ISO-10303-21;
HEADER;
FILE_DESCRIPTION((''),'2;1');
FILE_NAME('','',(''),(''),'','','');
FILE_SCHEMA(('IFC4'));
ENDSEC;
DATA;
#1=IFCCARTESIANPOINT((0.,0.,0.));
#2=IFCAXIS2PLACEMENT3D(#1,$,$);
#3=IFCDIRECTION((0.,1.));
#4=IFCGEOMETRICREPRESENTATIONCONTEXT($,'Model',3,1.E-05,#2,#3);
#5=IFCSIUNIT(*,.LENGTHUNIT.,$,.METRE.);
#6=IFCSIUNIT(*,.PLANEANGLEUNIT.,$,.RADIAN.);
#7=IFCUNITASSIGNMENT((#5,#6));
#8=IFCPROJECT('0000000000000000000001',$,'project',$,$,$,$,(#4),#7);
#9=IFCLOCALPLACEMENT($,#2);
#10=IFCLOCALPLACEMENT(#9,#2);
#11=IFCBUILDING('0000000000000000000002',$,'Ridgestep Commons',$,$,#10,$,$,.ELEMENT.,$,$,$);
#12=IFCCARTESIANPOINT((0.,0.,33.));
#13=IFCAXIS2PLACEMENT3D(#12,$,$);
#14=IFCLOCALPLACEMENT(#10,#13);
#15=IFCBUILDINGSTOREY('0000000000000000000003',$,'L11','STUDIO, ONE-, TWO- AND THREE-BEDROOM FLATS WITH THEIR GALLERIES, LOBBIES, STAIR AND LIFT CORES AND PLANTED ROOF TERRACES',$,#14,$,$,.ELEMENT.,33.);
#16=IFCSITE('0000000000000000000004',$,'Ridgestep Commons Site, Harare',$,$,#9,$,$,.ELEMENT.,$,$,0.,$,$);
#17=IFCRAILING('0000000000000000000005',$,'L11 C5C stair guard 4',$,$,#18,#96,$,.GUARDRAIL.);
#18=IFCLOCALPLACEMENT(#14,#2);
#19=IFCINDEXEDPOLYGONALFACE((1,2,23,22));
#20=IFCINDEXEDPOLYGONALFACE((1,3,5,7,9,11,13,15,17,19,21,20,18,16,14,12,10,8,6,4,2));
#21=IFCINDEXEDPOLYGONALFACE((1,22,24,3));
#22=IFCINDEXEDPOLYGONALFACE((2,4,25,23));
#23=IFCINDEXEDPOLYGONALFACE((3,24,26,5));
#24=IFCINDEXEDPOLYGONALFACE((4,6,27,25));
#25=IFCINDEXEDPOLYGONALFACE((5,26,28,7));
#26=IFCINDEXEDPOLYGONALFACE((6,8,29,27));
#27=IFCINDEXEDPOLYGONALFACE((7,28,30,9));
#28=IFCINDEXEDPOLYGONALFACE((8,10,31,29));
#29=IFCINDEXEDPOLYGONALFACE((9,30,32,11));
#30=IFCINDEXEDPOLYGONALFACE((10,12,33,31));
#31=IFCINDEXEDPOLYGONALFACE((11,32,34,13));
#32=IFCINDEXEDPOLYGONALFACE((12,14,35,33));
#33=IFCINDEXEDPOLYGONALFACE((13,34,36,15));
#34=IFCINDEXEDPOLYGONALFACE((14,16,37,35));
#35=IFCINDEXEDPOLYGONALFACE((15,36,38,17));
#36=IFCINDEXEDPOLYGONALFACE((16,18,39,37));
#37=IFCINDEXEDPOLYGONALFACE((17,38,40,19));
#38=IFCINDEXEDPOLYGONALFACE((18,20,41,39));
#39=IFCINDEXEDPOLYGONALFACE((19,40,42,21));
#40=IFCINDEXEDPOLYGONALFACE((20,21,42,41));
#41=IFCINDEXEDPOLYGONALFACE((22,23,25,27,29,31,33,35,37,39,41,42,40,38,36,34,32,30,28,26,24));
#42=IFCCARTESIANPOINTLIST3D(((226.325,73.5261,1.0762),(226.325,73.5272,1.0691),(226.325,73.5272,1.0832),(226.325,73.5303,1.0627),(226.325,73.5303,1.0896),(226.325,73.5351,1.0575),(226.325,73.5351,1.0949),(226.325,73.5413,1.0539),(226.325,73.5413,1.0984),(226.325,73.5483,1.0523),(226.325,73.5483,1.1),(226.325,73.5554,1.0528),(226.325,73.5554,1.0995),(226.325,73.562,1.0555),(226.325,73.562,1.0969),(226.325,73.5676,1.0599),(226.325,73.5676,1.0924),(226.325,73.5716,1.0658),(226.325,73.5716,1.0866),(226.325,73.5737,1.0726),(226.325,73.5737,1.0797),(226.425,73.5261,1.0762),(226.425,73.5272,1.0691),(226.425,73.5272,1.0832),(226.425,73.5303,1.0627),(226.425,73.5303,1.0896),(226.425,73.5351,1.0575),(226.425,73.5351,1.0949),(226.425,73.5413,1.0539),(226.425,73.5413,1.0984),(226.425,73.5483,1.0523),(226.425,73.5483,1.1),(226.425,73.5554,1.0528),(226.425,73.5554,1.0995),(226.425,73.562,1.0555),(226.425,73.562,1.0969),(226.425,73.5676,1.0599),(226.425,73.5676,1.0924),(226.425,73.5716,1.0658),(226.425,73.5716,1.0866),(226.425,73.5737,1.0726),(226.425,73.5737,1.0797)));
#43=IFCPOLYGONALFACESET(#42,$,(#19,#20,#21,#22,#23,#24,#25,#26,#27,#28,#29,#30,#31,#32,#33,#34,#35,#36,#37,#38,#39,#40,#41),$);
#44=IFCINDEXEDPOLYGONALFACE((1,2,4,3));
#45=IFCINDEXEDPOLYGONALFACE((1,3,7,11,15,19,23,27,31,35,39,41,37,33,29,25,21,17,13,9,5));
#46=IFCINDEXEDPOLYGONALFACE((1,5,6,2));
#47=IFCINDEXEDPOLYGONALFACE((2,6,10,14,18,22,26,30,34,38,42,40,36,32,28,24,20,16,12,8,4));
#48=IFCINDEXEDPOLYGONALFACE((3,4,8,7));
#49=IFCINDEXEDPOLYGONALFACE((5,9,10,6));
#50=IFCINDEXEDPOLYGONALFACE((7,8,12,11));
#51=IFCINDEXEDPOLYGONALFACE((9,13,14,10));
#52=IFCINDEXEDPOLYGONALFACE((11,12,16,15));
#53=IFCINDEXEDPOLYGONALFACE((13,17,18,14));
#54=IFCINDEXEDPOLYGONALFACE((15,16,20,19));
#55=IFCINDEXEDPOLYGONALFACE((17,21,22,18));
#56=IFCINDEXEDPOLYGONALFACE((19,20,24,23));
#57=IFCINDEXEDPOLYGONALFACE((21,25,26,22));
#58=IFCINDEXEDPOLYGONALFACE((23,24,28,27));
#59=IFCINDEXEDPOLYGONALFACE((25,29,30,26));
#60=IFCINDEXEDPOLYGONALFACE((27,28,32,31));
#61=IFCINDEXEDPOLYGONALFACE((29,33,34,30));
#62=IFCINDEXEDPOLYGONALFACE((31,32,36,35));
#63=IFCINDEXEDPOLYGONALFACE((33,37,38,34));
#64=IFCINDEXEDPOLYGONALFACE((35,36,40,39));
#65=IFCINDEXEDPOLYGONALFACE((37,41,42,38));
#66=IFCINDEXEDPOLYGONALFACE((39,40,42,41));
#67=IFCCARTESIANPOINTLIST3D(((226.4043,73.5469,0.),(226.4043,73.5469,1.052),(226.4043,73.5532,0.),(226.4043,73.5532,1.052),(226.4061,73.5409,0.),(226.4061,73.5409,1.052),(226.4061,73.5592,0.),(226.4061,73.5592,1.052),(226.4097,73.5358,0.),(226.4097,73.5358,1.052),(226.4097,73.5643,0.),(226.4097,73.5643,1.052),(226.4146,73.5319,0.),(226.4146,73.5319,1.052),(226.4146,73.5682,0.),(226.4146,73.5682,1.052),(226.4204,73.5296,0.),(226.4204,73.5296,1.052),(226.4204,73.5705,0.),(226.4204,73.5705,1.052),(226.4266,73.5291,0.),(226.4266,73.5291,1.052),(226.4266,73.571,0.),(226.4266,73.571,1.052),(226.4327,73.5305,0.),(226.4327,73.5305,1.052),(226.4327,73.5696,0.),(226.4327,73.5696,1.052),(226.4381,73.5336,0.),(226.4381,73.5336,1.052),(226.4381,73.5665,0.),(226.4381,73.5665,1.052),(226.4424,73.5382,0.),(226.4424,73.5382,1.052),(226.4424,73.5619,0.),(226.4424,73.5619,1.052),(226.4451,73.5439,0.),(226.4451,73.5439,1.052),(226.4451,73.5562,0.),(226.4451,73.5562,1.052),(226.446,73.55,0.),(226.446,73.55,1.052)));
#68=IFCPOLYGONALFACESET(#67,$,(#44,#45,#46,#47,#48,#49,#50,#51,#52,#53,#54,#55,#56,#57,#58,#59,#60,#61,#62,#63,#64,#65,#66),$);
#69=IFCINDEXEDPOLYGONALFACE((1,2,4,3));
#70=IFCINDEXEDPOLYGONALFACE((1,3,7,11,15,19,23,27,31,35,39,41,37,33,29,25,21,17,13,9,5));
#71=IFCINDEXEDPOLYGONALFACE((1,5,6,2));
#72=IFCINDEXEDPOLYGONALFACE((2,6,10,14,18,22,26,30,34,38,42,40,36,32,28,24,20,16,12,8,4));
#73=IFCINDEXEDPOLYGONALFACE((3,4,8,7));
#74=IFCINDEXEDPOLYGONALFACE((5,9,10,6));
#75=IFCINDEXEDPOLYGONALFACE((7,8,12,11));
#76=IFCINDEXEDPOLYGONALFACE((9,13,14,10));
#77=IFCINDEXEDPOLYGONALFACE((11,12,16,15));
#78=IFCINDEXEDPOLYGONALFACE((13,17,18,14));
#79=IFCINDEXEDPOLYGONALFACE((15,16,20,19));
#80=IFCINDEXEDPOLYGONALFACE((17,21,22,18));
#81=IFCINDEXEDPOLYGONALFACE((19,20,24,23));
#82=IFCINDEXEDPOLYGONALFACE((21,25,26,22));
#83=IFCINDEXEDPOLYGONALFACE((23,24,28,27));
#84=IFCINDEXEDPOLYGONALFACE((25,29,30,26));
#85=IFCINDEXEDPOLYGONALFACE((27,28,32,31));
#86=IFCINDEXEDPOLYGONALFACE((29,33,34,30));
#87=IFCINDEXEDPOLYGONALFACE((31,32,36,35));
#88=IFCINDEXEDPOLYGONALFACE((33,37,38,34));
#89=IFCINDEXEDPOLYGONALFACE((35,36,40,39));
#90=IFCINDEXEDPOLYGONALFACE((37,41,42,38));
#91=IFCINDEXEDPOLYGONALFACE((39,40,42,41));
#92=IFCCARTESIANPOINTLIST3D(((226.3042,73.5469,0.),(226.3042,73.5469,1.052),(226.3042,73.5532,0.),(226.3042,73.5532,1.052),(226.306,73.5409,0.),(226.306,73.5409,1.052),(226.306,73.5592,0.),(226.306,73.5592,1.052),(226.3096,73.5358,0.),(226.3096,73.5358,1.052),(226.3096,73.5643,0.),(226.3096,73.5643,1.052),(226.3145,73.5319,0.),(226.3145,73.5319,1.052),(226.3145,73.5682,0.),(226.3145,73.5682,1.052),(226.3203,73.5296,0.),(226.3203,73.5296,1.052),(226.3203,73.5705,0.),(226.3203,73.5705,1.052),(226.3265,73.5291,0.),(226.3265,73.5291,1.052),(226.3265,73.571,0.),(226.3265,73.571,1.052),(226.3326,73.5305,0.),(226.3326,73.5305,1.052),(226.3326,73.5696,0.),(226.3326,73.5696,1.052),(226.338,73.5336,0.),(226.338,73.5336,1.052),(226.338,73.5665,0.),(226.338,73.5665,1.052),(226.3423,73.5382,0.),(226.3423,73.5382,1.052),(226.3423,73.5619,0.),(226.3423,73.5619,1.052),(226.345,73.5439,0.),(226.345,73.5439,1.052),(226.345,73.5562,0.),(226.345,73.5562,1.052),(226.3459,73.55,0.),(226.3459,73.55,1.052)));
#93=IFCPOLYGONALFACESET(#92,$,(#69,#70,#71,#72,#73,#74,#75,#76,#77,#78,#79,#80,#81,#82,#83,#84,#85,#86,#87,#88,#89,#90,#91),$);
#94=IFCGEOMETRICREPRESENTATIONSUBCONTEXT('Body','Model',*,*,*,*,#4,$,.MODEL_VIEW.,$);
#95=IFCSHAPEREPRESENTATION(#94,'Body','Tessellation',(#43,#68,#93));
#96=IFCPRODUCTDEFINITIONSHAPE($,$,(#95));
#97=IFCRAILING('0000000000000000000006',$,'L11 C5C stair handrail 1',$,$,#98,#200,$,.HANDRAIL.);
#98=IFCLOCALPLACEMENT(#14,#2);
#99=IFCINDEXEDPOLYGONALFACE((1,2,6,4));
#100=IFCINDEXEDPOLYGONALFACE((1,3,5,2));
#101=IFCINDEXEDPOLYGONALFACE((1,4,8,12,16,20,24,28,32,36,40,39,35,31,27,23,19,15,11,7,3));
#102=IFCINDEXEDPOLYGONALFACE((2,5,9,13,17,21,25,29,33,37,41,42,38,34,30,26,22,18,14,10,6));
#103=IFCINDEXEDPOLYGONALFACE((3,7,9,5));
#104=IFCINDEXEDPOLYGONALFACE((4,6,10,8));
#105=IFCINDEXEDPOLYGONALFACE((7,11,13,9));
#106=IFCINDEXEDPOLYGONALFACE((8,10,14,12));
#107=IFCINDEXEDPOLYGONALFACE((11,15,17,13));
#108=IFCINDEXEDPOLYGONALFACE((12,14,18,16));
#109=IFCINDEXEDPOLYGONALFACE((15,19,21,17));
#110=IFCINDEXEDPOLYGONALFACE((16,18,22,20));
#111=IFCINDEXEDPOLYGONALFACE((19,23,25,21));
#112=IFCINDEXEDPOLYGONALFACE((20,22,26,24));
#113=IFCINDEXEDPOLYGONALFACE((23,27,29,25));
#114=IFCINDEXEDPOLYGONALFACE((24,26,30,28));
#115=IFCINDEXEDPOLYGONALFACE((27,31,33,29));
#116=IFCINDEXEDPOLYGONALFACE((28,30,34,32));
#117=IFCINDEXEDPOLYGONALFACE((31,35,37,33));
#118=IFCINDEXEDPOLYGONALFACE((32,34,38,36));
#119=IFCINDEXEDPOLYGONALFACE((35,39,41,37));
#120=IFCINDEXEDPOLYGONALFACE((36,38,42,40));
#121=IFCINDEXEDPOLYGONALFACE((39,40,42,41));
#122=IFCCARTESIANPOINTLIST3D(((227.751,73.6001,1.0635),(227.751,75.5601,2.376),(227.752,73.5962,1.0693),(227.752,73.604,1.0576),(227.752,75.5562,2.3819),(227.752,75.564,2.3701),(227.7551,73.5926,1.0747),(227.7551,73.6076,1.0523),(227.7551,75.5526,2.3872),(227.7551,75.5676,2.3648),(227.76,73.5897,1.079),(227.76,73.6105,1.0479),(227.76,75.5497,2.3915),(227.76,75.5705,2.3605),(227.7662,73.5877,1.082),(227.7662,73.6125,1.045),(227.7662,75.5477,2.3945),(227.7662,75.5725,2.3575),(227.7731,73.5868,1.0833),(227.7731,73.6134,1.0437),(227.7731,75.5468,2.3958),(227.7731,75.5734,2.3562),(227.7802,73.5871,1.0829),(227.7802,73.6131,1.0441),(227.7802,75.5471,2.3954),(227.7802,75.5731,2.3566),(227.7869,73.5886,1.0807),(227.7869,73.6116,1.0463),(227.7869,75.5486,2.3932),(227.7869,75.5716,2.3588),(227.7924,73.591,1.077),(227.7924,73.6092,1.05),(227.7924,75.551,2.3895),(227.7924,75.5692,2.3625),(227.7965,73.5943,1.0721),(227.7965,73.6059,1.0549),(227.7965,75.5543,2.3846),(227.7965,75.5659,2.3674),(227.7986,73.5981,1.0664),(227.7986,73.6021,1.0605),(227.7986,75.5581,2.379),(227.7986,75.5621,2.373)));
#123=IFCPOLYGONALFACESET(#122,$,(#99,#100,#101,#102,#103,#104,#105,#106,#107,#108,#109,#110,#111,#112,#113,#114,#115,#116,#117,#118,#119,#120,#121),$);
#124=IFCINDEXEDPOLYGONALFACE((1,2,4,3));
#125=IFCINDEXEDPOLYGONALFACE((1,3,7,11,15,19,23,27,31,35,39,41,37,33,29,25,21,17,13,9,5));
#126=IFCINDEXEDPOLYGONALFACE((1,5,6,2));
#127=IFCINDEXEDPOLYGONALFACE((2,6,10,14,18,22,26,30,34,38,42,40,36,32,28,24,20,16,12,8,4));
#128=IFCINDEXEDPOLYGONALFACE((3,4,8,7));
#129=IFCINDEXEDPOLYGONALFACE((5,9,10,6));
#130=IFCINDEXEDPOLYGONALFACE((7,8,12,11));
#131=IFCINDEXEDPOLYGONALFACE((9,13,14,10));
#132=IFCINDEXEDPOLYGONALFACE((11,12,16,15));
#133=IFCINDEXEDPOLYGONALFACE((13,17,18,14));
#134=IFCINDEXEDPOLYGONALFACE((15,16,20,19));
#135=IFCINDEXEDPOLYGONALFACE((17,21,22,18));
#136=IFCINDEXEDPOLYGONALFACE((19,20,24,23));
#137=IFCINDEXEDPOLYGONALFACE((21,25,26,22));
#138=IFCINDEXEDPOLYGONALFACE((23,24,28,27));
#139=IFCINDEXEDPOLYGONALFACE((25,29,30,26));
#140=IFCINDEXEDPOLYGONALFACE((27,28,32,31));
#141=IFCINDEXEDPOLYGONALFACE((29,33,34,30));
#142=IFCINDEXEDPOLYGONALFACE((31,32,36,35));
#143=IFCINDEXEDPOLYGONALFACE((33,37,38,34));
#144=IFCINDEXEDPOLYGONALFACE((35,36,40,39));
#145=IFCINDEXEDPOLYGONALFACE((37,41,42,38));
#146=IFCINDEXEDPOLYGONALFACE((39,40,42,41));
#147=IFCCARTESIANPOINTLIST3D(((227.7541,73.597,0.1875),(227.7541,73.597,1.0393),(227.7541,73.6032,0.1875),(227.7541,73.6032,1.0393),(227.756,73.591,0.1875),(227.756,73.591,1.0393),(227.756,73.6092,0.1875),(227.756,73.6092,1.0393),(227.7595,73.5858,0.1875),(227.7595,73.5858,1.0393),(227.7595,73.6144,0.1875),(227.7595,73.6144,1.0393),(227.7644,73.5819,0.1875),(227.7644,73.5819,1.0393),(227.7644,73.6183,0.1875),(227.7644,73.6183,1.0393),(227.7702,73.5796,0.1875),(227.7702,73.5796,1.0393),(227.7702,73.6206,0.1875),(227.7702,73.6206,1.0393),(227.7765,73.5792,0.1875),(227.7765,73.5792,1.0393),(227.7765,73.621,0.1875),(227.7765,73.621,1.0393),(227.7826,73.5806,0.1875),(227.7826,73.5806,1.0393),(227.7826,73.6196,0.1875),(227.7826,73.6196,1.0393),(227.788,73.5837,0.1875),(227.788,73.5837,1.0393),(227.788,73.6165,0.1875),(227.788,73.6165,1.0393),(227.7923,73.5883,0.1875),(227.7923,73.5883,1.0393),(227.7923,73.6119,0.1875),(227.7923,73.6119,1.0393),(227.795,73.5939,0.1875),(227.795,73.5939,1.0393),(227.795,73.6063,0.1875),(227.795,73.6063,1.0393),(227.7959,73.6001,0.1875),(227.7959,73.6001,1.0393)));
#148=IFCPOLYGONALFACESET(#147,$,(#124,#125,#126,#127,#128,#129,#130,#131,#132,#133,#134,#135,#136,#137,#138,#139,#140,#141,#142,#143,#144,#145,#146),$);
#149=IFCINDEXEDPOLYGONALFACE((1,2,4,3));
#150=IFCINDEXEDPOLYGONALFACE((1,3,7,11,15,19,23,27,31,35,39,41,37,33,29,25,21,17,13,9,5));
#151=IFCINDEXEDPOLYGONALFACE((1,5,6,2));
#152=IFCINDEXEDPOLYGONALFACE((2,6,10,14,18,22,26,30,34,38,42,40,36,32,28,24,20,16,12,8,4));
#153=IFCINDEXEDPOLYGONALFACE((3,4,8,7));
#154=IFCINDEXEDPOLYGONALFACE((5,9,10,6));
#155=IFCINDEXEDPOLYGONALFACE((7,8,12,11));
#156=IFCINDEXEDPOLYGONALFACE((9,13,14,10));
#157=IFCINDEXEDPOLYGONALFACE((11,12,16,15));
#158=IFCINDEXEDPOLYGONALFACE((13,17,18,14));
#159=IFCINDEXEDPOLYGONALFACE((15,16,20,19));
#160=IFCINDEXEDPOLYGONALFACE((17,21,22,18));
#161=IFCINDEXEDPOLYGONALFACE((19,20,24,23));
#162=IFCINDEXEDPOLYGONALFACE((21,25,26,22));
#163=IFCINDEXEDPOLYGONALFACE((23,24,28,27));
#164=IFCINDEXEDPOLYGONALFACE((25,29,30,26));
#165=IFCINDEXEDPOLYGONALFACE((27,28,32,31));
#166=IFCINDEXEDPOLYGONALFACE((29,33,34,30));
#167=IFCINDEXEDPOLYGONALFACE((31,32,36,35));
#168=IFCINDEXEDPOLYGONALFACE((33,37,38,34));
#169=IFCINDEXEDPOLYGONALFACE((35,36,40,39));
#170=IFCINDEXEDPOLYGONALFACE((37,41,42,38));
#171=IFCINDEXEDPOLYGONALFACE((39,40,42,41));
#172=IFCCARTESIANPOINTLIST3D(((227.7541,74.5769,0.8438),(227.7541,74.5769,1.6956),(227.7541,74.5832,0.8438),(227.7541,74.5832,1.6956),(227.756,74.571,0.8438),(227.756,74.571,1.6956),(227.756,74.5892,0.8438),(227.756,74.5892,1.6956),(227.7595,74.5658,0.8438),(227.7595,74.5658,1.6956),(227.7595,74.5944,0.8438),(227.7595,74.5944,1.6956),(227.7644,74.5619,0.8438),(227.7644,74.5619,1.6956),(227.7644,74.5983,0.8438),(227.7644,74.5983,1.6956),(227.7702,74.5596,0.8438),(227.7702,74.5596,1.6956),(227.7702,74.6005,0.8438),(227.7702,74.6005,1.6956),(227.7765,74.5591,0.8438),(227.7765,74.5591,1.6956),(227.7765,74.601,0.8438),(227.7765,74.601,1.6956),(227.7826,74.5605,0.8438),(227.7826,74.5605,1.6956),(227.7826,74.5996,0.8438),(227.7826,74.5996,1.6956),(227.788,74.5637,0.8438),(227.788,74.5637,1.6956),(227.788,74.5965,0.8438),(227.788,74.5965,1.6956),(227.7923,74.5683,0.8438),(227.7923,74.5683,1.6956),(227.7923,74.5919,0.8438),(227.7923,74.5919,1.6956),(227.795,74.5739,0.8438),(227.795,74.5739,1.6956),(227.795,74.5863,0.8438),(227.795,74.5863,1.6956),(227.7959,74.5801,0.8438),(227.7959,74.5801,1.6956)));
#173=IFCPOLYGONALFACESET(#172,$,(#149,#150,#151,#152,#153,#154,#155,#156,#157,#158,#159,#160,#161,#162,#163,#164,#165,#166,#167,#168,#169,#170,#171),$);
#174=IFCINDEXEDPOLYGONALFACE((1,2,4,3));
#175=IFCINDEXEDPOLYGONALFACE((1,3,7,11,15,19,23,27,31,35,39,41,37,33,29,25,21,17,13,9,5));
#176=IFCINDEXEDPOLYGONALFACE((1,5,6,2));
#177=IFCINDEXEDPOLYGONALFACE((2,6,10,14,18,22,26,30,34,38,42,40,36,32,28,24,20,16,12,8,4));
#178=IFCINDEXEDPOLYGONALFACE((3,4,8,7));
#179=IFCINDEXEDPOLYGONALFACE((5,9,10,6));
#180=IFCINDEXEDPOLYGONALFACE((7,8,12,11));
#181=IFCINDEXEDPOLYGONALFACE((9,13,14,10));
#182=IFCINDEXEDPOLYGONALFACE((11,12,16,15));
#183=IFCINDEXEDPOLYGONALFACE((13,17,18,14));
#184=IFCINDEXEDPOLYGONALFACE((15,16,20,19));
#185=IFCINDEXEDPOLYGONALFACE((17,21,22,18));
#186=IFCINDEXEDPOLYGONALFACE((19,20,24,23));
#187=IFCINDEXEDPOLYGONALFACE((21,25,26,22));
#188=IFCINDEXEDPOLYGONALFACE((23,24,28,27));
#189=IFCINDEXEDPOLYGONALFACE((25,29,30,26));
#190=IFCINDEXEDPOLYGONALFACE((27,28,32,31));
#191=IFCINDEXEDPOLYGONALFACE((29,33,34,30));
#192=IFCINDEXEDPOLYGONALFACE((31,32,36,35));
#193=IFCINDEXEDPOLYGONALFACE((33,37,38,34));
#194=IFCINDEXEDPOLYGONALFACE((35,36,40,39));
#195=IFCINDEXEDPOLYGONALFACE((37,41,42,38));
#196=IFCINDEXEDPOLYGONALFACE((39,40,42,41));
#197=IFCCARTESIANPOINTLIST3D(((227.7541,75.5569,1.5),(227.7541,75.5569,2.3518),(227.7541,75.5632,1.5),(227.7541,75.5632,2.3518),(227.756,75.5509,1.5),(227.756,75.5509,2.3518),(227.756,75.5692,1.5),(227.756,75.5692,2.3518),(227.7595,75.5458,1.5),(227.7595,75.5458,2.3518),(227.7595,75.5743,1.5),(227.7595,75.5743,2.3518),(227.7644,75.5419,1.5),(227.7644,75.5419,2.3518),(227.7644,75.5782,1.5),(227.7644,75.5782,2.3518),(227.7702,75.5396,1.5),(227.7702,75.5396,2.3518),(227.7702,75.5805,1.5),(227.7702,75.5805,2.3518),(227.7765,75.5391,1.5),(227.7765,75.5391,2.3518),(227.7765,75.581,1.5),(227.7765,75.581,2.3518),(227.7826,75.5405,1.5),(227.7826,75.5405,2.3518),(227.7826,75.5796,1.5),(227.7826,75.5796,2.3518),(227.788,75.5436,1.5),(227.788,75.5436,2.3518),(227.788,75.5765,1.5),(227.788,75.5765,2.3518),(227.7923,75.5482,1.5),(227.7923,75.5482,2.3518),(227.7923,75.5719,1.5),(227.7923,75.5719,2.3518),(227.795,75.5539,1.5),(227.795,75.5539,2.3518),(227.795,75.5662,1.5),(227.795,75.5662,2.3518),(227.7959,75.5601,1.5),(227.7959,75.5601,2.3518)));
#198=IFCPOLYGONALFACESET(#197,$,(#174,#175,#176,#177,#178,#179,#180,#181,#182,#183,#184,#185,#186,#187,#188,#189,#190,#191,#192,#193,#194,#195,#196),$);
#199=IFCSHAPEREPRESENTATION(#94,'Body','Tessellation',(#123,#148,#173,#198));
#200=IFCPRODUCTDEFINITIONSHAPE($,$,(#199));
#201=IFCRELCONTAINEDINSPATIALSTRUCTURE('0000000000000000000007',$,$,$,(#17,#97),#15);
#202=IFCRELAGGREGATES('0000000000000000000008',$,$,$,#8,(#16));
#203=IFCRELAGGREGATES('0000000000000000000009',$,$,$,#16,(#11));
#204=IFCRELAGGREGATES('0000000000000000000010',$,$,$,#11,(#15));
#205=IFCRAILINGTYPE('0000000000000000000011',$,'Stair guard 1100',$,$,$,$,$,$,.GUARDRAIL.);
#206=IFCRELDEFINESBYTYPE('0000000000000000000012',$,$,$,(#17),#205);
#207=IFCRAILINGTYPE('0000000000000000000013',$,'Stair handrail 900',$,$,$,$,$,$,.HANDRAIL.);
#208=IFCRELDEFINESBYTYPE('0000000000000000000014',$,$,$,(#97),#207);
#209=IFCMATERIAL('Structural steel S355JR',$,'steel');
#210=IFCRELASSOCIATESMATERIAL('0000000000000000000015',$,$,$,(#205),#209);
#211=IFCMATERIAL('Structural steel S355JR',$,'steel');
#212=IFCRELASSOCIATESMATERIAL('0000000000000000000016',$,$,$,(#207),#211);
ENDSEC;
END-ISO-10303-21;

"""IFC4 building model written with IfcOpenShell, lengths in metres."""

from ifc_helpers import new_model, si_unit, direction, frame, origin, origin_2d, place, context, subcontext, project, spatial, circle, extrude, material, type_object, element, save


model = new_model("IFC4")

# Units and contexts
model_context = context("Model", 3, precision=1e-05, world=origin(), true_north=direction((0.0, 1.0)))
body_context = subcontext(model_context, "Body", "Model", "MODEL_VIEW")
ifc_project = project(units=[si_unit("LENGTHUNIT", "METRE"), si_unit("PLANEANGLEUNIT", "RADIAN")], contexts=[model_context])

# Site, building, storey
site_placement = place(None, origin())
site = spatial("IfcSite", under=ifc_project, at=site_placement, Name="Ridgestep Commons Site, Harare", CompositionType="ELEMENT", RefElevation=0.0)
building_placement = place(site_placement, origin())
building = spatial("IfcBuilding", under=site, at=building_placement, Name="Ridgestep Commons", CompositionType="ELEMENT")
storey_placement = place(building_placement, frame((0.0, 0.0, 33.0)))
storey = spatial("IfcBuildingStorey", under=building, at=storey_placement, Name="L11", Description="STUDIO, ONE-, TWO- AND THREE-BEDROOM FLATS WITH THEIR GALLERIES, LOBBIES, STAIR AND LIFT CORES AND PLANTED ROOF TERRACES", CompositionType="ELEMENT", Elevation=33.0)

# Railings
ifc_material_1 = material(Name="Structural steel S355JR", Category="steel")
railing_type_1 = type_object("IfcRailingType", Name="Stair guard 1100", PredefinedType="GUARDRAIL", material=ifc_material_1)
railing_1_placement = place(storey_placement, frame((226.425, 73.55, 0.0)))
element("IfcRailing", 1, at=railing_1_placement, inside=storey, type_object=railing_type_1, Name="L11 C5C stair guard 4", PredefinedType="GUARDRAIL", context=body_context, shape_type="SweptSolid", body=[
    extrude(circle(Radius=0.0239, at=origin_2d()), frame((0.0, 0.0, 1.0762), z_axis=(-1.0, 0.0, 0.0), x_axis=(0.0, -1.0, 0.0)), (0.0, 0.0, 1.0), 0.1001),
    extrude(circle(Radius=0.021, at=origin_2d()), origin(), (0.0, 0.0, 1.0), 1.052),
    extrude(circle(Radius=0.021, at=origin_2d()), frame((-0.1001, 0.0, 0.0)), (0.0, 0.0, 1.0), 1.052),
])
ifc_material_2 = material(Name="Structural steel S355JR", Category="steel")
railing_type_2 = type_object("IfcRailingType", Name="Stair handrail 900", PredefinedType="HANDRAIL", material=ifc_material_2)
railing_2_placement = place(storey_placement, frame((227.7749, 73.6001, 0.1875)))
element("IfcRailing", 2, at=railing_2_placement, inside=storey, type_object=railing_type_2, Name="L11 C5C stair handrail 1", PredefinedType="HANDRAIL", context=body_context, shape_type="SweptSolid", body=[
    extrude(circle(Radius=0.0239, at=origin_2d()), frame((0.0, 0.0, 0.876), z_axis=(0.0, 0.830902, 0.556419), x_axis=(-1.0, 0.0, 0.0)), (0.0, 0.0, 1.0), 2.3589),
    extrude(circle(Radius=0.021, at=origin_2d()), origin(), (0.0, 0.0, 1.0), 0.8518),
    extrude(circle(Radius=0.021, at=origin_2d()), frame((0.0, 0.98, 0.6562)), (0.0, 0.0, 1.0), 0.8518),
    extrude(circle(Radius=0.021, at=origin_2d()), frame((0.0, 1.96, 1.3125)), (0.0, 0.0, 1.0), 0.8518),
])

save(model, "model.ifc")
